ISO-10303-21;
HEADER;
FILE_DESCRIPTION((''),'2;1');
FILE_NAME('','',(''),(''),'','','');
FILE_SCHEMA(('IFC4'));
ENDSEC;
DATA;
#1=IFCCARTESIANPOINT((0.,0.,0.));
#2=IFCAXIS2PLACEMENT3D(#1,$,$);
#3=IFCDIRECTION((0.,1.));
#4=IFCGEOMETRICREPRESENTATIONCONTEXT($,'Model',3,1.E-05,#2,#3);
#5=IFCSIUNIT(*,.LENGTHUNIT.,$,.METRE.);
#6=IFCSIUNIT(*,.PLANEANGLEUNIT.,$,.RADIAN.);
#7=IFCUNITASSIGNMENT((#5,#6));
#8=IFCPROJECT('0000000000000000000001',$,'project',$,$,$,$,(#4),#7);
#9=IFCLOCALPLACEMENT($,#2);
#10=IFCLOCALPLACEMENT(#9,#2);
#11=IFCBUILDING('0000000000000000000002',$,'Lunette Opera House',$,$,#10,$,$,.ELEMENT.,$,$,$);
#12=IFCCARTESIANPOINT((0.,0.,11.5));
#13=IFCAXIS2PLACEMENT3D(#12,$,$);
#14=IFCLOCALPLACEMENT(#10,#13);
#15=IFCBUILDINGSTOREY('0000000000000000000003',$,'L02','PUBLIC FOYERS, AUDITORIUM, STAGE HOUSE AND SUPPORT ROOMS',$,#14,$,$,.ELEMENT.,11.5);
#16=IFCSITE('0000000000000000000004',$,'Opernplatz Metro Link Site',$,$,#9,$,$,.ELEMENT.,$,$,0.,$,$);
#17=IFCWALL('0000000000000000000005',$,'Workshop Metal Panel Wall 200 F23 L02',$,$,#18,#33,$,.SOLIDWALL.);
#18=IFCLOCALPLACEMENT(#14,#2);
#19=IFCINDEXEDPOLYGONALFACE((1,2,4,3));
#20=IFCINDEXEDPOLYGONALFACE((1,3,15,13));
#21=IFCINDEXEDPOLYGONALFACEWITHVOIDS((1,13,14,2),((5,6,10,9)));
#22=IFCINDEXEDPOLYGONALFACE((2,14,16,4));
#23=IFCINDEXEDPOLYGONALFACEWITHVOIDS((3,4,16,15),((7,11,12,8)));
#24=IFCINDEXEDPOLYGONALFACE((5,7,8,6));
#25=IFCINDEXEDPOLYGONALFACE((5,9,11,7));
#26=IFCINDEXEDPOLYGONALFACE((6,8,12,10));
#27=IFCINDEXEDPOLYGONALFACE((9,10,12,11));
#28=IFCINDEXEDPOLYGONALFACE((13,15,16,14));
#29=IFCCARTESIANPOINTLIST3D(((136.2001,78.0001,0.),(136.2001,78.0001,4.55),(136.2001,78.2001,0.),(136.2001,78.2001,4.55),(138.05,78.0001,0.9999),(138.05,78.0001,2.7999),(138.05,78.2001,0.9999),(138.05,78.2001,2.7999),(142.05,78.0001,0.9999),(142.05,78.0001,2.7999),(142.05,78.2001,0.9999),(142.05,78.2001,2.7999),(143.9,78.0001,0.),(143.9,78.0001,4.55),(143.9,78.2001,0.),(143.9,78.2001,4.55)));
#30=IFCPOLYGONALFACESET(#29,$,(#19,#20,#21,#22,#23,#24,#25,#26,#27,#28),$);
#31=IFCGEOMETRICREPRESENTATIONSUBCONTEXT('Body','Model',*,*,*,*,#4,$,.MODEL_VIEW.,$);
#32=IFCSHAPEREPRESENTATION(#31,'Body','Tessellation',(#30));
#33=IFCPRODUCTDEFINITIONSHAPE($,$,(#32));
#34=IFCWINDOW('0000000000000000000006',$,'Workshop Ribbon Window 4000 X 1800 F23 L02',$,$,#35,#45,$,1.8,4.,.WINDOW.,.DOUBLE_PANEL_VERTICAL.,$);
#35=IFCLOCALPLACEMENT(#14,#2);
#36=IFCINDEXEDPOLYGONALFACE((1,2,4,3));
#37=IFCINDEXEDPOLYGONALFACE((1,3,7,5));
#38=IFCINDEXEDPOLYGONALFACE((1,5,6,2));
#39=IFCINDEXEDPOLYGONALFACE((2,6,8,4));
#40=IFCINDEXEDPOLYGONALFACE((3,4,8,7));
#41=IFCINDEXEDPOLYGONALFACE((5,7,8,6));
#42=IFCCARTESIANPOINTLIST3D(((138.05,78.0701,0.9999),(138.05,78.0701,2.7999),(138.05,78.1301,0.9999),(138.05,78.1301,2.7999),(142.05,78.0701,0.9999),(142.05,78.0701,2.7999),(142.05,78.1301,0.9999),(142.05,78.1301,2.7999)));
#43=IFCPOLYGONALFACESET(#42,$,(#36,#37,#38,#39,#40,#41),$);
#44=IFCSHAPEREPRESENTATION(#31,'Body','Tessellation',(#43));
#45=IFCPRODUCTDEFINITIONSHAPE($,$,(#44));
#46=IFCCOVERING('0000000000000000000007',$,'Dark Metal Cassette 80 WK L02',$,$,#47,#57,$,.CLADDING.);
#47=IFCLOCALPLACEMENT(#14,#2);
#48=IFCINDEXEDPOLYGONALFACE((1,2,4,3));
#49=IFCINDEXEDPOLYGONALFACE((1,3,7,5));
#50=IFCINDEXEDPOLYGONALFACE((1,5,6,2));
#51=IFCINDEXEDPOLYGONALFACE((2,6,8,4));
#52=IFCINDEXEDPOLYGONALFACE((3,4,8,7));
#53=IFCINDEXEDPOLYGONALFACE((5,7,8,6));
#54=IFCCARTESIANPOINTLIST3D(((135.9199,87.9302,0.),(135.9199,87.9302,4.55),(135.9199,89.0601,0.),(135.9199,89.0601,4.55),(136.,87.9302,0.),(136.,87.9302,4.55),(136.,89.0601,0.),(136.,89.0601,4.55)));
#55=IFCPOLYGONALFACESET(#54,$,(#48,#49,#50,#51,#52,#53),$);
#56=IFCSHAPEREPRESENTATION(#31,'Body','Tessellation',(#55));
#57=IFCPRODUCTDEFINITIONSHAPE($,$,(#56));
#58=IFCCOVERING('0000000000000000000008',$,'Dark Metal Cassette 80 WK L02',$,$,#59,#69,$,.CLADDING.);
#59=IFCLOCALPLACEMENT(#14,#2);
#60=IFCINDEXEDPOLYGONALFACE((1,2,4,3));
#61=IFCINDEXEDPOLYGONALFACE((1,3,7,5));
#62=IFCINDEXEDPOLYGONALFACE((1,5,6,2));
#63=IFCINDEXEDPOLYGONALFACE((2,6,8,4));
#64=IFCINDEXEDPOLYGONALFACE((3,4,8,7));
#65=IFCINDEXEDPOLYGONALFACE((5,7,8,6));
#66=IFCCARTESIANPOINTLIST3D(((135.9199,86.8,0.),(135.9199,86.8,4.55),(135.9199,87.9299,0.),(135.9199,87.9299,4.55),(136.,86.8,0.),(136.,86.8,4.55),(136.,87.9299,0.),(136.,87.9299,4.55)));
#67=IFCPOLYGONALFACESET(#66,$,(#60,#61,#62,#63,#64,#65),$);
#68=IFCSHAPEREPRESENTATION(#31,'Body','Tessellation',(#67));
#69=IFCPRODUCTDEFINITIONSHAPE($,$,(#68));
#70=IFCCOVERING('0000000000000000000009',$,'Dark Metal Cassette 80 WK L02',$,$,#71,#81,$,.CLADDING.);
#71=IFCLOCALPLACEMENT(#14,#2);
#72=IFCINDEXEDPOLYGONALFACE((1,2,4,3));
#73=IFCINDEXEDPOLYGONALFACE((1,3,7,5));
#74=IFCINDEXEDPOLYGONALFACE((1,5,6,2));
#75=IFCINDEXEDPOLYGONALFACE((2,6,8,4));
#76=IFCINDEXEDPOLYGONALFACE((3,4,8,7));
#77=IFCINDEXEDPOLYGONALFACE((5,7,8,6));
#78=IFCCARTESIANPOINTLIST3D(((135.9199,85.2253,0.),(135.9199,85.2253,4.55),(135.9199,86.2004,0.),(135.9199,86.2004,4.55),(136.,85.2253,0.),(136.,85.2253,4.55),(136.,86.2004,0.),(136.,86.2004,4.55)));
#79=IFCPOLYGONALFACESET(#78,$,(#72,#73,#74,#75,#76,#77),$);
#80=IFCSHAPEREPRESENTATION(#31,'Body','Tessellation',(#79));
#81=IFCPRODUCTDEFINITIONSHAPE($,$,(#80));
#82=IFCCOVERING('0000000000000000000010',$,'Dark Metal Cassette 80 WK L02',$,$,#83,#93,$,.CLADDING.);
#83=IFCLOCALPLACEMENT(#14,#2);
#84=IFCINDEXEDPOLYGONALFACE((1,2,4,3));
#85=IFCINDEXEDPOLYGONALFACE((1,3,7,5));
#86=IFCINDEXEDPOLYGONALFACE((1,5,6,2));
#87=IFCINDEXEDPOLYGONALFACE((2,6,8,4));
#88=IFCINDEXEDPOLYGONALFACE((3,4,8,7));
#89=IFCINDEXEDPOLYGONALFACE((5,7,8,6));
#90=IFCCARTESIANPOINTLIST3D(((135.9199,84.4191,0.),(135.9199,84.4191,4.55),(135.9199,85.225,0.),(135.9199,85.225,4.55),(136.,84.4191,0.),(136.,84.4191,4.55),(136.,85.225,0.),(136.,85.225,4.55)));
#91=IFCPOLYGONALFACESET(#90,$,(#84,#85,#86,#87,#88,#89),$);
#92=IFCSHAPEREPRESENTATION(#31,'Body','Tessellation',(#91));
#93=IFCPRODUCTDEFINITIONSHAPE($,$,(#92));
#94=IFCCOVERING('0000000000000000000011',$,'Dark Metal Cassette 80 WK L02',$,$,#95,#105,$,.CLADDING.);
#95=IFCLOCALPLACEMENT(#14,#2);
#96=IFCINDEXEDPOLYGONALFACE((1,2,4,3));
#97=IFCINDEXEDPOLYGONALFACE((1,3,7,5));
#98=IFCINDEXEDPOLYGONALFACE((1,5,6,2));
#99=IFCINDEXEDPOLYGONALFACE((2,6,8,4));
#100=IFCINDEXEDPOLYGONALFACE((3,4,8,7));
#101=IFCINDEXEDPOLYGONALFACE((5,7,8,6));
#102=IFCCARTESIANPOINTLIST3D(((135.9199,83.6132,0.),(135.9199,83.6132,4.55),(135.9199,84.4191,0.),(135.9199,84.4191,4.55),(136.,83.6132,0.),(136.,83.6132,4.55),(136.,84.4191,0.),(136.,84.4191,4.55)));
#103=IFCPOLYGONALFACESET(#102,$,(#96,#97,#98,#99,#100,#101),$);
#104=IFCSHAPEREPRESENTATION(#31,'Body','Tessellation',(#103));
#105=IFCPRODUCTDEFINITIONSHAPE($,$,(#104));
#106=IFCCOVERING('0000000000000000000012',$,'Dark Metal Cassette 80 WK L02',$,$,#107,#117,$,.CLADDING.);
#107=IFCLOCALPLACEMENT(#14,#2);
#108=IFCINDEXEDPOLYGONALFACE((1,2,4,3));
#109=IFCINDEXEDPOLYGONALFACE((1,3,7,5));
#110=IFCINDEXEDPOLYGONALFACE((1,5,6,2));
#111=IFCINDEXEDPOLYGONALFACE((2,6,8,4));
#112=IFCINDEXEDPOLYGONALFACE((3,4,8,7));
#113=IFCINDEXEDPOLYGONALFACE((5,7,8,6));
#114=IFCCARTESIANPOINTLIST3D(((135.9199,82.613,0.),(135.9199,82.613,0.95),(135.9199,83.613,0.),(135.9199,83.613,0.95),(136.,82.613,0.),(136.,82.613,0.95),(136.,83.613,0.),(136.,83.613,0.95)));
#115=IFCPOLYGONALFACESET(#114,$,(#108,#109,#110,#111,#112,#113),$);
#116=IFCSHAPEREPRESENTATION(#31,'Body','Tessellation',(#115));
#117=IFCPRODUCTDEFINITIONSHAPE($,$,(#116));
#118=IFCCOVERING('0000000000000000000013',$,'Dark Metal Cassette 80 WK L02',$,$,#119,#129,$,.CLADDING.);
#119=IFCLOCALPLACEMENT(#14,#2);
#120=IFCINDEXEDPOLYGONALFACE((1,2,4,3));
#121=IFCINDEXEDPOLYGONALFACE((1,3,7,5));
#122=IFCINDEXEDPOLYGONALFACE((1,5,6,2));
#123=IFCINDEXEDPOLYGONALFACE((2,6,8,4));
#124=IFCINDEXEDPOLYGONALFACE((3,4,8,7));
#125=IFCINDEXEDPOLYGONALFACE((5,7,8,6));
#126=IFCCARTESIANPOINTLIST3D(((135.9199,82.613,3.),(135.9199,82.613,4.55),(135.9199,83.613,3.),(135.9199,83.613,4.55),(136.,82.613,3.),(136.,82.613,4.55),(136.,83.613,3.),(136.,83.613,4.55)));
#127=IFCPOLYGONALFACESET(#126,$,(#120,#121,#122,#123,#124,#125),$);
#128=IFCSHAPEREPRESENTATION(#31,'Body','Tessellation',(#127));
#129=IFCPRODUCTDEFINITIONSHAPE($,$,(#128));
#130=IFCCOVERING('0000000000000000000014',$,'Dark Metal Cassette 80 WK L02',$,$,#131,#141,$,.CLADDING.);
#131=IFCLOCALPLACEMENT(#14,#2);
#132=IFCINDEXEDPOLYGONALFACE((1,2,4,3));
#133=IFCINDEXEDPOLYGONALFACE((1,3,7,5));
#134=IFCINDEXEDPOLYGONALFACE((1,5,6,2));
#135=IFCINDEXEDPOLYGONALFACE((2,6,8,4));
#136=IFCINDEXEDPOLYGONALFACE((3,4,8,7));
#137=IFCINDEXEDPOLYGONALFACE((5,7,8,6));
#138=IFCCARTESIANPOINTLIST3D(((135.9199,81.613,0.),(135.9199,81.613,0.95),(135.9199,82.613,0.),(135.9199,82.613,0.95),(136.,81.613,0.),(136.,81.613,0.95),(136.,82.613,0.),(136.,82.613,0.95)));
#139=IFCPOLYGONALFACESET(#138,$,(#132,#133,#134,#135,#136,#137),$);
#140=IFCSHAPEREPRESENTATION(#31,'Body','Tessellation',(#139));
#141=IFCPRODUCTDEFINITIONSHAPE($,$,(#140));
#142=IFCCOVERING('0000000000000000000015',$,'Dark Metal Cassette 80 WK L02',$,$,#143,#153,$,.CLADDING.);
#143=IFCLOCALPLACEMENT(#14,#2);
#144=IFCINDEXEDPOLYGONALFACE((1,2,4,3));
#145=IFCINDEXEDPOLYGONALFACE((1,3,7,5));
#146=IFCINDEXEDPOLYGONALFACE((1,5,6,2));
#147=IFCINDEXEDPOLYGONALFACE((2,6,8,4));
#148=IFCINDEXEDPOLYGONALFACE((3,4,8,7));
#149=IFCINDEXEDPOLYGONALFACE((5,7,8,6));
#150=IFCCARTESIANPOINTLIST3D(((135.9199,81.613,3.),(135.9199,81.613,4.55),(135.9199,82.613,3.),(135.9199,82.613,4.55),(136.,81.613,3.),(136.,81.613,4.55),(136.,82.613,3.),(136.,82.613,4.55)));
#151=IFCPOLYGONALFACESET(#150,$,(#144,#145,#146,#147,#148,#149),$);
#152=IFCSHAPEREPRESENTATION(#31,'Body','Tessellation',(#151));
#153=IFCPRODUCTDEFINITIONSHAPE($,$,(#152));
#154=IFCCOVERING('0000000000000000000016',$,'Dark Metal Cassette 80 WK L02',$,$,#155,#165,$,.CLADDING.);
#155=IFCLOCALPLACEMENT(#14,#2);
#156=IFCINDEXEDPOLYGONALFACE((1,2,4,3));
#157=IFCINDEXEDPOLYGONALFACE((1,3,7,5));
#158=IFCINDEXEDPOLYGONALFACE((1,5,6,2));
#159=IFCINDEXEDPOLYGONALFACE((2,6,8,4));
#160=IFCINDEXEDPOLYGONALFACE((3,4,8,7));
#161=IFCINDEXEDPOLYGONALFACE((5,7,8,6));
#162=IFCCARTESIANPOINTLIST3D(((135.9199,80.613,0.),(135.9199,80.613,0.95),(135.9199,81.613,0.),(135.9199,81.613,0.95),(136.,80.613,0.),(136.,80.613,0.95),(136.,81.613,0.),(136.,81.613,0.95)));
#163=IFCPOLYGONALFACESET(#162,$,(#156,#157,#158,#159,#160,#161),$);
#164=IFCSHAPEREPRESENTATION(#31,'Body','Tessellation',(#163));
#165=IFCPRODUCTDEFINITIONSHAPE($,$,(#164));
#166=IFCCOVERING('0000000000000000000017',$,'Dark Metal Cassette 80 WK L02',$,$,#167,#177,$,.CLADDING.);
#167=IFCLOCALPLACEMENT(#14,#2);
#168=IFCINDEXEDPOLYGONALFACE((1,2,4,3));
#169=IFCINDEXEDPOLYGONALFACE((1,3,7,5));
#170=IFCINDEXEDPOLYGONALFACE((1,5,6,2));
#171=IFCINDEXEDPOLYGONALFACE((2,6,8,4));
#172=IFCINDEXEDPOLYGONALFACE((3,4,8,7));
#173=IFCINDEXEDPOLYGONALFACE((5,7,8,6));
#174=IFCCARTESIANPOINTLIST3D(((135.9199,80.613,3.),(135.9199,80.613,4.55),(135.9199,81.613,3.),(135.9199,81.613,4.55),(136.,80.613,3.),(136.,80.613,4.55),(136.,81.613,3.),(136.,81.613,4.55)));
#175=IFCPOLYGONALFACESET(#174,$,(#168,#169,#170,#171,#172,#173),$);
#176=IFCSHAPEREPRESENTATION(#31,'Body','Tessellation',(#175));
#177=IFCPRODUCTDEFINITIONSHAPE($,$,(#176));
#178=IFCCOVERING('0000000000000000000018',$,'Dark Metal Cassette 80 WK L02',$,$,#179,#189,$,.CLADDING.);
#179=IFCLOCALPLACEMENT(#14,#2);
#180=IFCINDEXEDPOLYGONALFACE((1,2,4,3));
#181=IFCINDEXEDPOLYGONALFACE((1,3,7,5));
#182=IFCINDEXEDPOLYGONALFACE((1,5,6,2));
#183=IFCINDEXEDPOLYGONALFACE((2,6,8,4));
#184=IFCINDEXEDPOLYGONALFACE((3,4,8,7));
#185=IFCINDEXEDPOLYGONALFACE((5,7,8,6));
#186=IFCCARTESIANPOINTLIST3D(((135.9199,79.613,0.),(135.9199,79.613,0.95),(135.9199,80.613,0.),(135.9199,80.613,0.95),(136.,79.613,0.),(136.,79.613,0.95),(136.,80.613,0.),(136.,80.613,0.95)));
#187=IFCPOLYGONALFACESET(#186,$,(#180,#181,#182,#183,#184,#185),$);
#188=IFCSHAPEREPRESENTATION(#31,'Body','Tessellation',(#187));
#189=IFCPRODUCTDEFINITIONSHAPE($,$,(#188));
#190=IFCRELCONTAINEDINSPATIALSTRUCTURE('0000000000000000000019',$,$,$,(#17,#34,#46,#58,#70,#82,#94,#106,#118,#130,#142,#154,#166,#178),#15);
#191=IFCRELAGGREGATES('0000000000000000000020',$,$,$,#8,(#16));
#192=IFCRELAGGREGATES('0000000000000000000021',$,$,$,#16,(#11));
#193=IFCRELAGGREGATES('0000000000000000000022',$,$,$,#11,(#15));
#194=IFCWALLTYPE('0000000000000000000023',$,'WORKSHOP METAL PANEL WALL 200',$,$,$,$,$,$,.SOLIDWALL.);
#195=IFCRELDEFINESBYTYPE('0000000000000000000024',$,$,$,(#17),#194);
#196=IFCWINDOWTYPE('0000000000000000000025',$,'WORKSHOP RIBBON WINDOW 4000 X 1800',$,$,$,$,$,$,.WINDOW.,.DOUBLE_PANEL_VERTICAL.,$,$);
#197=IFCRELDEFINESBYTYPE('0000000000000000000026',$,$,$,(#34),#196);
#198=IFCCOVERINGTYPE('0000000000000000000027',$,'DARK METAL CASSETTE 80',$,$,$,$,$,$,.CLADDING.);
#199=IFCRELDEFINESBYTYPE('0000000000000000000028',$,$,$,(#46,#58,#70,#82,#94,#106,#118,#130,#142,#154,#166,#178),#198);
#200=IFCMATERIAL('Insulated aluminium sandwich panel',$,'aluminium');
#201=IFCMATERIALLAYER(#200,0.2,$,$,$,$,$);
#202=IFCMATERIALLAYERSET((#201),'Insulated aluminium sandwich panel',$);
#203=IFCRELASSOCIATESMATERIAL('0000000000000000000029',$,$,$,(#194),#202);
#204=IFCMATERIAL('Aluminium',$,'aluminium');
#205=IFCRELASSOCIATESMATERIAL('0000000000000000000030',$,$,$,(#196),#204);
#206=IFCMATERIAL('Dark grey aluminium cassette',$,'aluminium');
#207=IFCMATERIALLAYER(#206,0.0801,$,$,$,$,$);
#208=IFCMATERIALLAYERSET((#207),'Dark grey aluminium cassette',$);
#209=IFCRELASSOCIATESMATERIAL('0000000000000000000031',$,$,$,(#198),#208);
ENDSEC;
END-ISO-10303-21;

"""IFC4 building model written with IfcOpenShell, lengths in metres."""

from ifc_helpers import new_model, si_unit, direction, frame, frame_2d, origin, origin_2d, place, context, subcontext, project, spatial, rectangle, extrude, material, layer, layer_set, type_object, element, fill, save


model = new_model("IFC4")

# Units and contexts
model_context = context("Model", 3, precision=1e-05, world=origin(), true_north=direction((0.0, 1.0)))
body_context = subcontext(model_context, "Body", "Model", "MODEL_VIEW")
ifc_project = project(units=[si_unit("LENGTHUNIT", "METRE"), si_unit("PLANEANGLEUNIT", "RADIAN")], contexts=[model_context])

# Site, building, storey
site_placement = place(None, origin())
site = spatial("IfcSite", under=ifc_project, at=site_placement, Name="Opernplatz Metro Link Site", CompositionType="ELEMENT", RefElevation=0.0)
building_placement = place(site_placement, origin())
building = spatial("IfcBuilding", under=site, at=building_placement, Name="Lunette Opera House", CompositionType="ELEMENT")
storey_placement = place(building_placement, frame((0.0, 0.0, 11.5)))
storey = spatial("IfcBuildingStorey", under=building, at=storey_placement, Name="L02", Description="PUBLIC FOYERS, AUDITORIUM, STAGE HOUSE AND SUPPORT ROOMS", CompositionType="ELEMENT", Elevation=11.5)

# Shared definitions
ifc_material_1 = material(Name="Insulated aluminium sandwich panel", Category="aluminium")
ifc_layer_1 = layer(ifc_material_1, 0.2)
ifc_layer_set_1 = layer_set([ifc_layer_1], Name="Insulated aluminium sandwich panel")
wall_type_1 = type_object("IfcWallType", Name="WORKSHOP METAL PANEL WALL 200", PredefinedType="SOLIDWALL", material=ifc_layer_set_1)

# Wall, opening, window
ifc_material_2 = material(Name="Aluminium", Category="aluminium")
window_type = type_object("IfcWindowType", Name="WORKSHOP RIBBON WINDOW 4000 X 1800", PartitioningType="DOUBLE_PANEL_VERTICAL", PredefinedType="WINDOW", material=ifc_material_2)
wall_1_placement = place(storey_placement, frame((136.2, 78.1001, 0.0), z_axis=(0.0, 0.0, 1.0), x_axis=(1.0, 0.0, 0.0)))
wall_1 = element("IfcWall", 1, at=wall_1_placement, inside=storey, type_object=wall_type_1, Name="Workshop Metal Panel Wall 200 F23 L02", PredefinedType="SOLIDWALL", context=body_context, shape_type="SweptSolid", body=[
    extrude(rectangle(XDim=7.7, YDim=0.2, at=frame_2d((3.8501, 0.0))), origin(), (0.0, 0.0, 1.0), 4.55),
])
opening_1_placement = place(wall_1_placement, frame((1.8501, 0.0, 1.0)))
opening_1 = element("IfcOpeningElement", 2, at=opening_1_placement, cuts=wall_1, PredefinedType="OPENING", context=body_context, shape_type="SweptSolid", body=[
    extrude(rectangle(XDim=4.0, YDim=1.8, at=frame_2d((2.0, 0.8999))), frame((0.0, 0.1121, 0.0), z_axis=(0.0, -1.0, 0.0), x_axis=(1.0, 0.0, 0.0)), (0.0, 0.0, 1.0), 0.2239),
])
window_1_placement = place(opening_1_placement, origin())
window_1 = element("IfcWindow", 3, at=window_1_placement, inside=storey, type_object=window_type, Name="Workshop Ribbon Window 4000 X 1800 F23 L02", OverallHeight=1.8, OverallWidth=4.0, PartitioningType="DOUBLE_PANEL_VERTICAL", PredefinedType="WINDOW", context=body_context, shape_type="SweptSolid", body=[
    extrude(rectangle(XDim=4.0, YDim=1.8, at=frame_2d((2.0, 0.8999))), frame((0.0, 0.03, 0.0), z_axis=(0.0, -1.0, 0.0), x_axis=(1.0, 0.0, 0.0)), (0.0, 0.0, 1.0), 0.0601),
])
fill(opening_1, window_1)

# Coverings
ifc_material_3 = material(Name="Dark grey aluminium cassette", Category="aluminium")
ifc_layer_2 = layer(ifc_material_3, 0.0801)
ifc_layer_set_2 = layer_set([ifc_layer_2], Name="Dark grey aluminium cassette")
covering_type = type_object("IfcCoveringType", Name="DARK METAL CASSETTE 80", PredefinedType="CLADDING", material=ifc_layer_set_2)
for number, where, z_axis, x_axis, name in (
    (4, (135.96, 88.4951, 0.0), (0.0, 0.0, 1.0), (0.0, -1.0, 0.0), "Dark Metal Cassette 80 WK L02"),
    (5, (135.96, 87.365, 0.0), (0.0, 0.0, 1.0), (0.0, -1.0, 0.0), "Dark Metal Cassette 80 WK L02"),
):
    element("IfcCovering", number, at=place(storey_placement, frame(where, z_axis=z_axis, x_axis=x_axis)), inside=storey, type_object=covering_type, Name=name, PredefinedType="CLADDING", context=body_context, shape_type="SweptSolid", body=[
        extrude(rectangle(XDim=1.1299, YDim=0.0801, at=origin_2d()), origin(), (0.0, 0.0, 1.0), 4.55),
    ])
covering_1_placement = place(storey_placement, frame((135.96, 85.7129, 0.0), z_axis=(0.0, 0.0, 1.0), x_axis=(0.0, -1.0, 0.0)))
element("IfcCovering", 6, at=covering_1_placement, inside=storey, type_object=covering_type, Name="Dark Metal Cassette 80 WK L02", PredefinedType="CLADDING", context=body_context, shape_type="SweptSolid", body=[
    extrude(rectangle(XDim=0.9751, YDim=0.0801, at=origin_2d()), origin(), (0.0, 0.0, 1.0), 4.55),
])
for number, where, z_axis, x_axis, name in (
    (7, (135.96, 84.822, 0.0), (0.0, 0.0, 1.0), (0.0, -1.0, 0.0), "Dark Metal Cassette 80 WK L02"),
    (8, (135.96, 84.0161, 0.0), (0.0, 0.0, 1.0), (0.0, -1.0, 0.0), "Dark Metal Cassette 80 WK L02"),
):
    element("IfcCovering", number, at=place(storey_placement, frame(where, z_axis=z_axis, x_axis=x_axis)), inside=storey, type_object=covering_type, Name=name, PredefinedType="CLADDING", context=body_context, shape_type="SweptSolid", body=[
        extrude(rectangle(XDim=0.8059, YDim=0.0801, at=origin_2d()), origin(), (0.0, 0.0, 1.0), 4.55),
    ])
covering_2_placement = place(storey_placement, frame((135.96, 83.113, 0.0), z_axis=(0.0, 0.0, 1.0), x_axis=(0.0, -1.0, 0.0)))
element("IfcCovering", 9, at=covering_2_placement, inside=storey, type_object=covering_type, Name="Dark Metal Cassette 80 WK L02", PredefinedType="CLADDING", context=body_context, shape_type="SweptSolid", body=[
    extrude(rectangle(XDim=1.0, YDim=0.0801, at=origin_2d()), origin(), (0.0, 0.0, 1.0), 0.95),
])
covering_3_placement = place(storey_placement, frame((135.96, 83.113, 3.0), z_axis=(0.0, 0.0, 1.0), x_axis=(0.0, -1.0, 0.0)))
element("IfcCovering", 10, at=covering_3_placement, inside=storey, type_object=covering_type, Name="Dark Metal Cassette 80 WK L02", PredefinedType="CLADDING", context=body_context, shape_type="SweptSolid", body=[
    extrude(rectangle(XDim=1.0, YDim=0.0801, at=origin_2d()), origin(), (0.0, 0.0, 1.0), 1.55),
])
covering_4_placement = place(storey_placement, frame((135.96, 82.113, 0.0), z_axis=(0.0, 0.0, 1.0), x_axis=(0.0, -1.0, 0.0)))
element("IfcCovering", 11, at=covering_4_placement, inside=storey, type_object=covering_type, Name="Dark Metal Cassette 80 WK L02", PredefinedType="CLADDING", context=body_context, shape_type="SweptSolid", body=[
    extrude(rectangle(XDim=1.0, YDim=0.0801, at=origin_2d()), origin(), (0.0, 0.0, 1.0), 0.95),
])
covering_5_placement = place(storey_placement, frame((135.96, 82.113, 3.0), z_axis=(0.0, 0.0, 1.0), x_axis=(0.0, -1.0, 0.0)))
element("IfcCovering", 12, at=covering_5_placement, inside=storey, type_object=covering_type, Name="Dark Metal Cassette 80 WK L02", PredefinedType="CLADDING", context=body_context, shape_type="SweptSolid", body=[
    extrude(rectangle(XDim=1.0, YDim=0.0801, at=origin_2d()), origin(), (0.0, 0.0, 1.0), 1.55),
])
covering_6_placement = place(storey_placement, frame((135.96, 81.113, 0.0), z_axis=(0.0, 0.0, 1.0), x_axis=(0.0, -1.0, 0.0)))
element("IfcCovering", 13, at=covering_6_placement, inside=storey, type_object=covering_type, Name="Dark Metal Cassette 80 WK L02", PredefinedType="CLADDING", context=body_context, shape_type="SweptSolid", body=[
    extrude(rectangle(XDim=1.0, YDim=0.0801, at=origin_2d()), origin(), (0.0, 0.0, 1.0), 0.95),
])
covering_7_placement = place(storey_placement, frame((135.96, 81.113, 3.0), z_axis=(0.0, 0.0, 1.0), x_axis=(0.0, -1.0, 0.0)))
element("IfcCovering", 14, at=covering_7_placement, inside=storey, type_object=covering_type, Name="Dark Metal Cassette 80 WK L02", PredefinedType="CLADDING", context=body_context, shape_type="SweptSolid", body=[
    extrude(rectangle(XDim=1.0, YDim=0.0801, at=origin_2d()), origin(), (0.0, 0.0, 1.0), 1.55),
])
covering_8_placement = place(storey_placement, frame((135.96, 80.113, 0.0), z_axis=(0.0, 0.0, 1.0), x_axis=(0.0, -1.0, 0.0)))
element("IfcCovering", 15, at=covering_8_placement, inside=storey, type_object=covering_type, Name="Dark Metal Cassette 80 WK L02", PredefinedType="CLADDING", context=body_context, shape_type="SweptSolid", body=[
    extrude(rectangle(XDim=1.0, YDim=0.0801, at=origin_2d()), origin(), (0.0, 0.0, 1.0), 0.95),
])

save(model, "model.ifc")
